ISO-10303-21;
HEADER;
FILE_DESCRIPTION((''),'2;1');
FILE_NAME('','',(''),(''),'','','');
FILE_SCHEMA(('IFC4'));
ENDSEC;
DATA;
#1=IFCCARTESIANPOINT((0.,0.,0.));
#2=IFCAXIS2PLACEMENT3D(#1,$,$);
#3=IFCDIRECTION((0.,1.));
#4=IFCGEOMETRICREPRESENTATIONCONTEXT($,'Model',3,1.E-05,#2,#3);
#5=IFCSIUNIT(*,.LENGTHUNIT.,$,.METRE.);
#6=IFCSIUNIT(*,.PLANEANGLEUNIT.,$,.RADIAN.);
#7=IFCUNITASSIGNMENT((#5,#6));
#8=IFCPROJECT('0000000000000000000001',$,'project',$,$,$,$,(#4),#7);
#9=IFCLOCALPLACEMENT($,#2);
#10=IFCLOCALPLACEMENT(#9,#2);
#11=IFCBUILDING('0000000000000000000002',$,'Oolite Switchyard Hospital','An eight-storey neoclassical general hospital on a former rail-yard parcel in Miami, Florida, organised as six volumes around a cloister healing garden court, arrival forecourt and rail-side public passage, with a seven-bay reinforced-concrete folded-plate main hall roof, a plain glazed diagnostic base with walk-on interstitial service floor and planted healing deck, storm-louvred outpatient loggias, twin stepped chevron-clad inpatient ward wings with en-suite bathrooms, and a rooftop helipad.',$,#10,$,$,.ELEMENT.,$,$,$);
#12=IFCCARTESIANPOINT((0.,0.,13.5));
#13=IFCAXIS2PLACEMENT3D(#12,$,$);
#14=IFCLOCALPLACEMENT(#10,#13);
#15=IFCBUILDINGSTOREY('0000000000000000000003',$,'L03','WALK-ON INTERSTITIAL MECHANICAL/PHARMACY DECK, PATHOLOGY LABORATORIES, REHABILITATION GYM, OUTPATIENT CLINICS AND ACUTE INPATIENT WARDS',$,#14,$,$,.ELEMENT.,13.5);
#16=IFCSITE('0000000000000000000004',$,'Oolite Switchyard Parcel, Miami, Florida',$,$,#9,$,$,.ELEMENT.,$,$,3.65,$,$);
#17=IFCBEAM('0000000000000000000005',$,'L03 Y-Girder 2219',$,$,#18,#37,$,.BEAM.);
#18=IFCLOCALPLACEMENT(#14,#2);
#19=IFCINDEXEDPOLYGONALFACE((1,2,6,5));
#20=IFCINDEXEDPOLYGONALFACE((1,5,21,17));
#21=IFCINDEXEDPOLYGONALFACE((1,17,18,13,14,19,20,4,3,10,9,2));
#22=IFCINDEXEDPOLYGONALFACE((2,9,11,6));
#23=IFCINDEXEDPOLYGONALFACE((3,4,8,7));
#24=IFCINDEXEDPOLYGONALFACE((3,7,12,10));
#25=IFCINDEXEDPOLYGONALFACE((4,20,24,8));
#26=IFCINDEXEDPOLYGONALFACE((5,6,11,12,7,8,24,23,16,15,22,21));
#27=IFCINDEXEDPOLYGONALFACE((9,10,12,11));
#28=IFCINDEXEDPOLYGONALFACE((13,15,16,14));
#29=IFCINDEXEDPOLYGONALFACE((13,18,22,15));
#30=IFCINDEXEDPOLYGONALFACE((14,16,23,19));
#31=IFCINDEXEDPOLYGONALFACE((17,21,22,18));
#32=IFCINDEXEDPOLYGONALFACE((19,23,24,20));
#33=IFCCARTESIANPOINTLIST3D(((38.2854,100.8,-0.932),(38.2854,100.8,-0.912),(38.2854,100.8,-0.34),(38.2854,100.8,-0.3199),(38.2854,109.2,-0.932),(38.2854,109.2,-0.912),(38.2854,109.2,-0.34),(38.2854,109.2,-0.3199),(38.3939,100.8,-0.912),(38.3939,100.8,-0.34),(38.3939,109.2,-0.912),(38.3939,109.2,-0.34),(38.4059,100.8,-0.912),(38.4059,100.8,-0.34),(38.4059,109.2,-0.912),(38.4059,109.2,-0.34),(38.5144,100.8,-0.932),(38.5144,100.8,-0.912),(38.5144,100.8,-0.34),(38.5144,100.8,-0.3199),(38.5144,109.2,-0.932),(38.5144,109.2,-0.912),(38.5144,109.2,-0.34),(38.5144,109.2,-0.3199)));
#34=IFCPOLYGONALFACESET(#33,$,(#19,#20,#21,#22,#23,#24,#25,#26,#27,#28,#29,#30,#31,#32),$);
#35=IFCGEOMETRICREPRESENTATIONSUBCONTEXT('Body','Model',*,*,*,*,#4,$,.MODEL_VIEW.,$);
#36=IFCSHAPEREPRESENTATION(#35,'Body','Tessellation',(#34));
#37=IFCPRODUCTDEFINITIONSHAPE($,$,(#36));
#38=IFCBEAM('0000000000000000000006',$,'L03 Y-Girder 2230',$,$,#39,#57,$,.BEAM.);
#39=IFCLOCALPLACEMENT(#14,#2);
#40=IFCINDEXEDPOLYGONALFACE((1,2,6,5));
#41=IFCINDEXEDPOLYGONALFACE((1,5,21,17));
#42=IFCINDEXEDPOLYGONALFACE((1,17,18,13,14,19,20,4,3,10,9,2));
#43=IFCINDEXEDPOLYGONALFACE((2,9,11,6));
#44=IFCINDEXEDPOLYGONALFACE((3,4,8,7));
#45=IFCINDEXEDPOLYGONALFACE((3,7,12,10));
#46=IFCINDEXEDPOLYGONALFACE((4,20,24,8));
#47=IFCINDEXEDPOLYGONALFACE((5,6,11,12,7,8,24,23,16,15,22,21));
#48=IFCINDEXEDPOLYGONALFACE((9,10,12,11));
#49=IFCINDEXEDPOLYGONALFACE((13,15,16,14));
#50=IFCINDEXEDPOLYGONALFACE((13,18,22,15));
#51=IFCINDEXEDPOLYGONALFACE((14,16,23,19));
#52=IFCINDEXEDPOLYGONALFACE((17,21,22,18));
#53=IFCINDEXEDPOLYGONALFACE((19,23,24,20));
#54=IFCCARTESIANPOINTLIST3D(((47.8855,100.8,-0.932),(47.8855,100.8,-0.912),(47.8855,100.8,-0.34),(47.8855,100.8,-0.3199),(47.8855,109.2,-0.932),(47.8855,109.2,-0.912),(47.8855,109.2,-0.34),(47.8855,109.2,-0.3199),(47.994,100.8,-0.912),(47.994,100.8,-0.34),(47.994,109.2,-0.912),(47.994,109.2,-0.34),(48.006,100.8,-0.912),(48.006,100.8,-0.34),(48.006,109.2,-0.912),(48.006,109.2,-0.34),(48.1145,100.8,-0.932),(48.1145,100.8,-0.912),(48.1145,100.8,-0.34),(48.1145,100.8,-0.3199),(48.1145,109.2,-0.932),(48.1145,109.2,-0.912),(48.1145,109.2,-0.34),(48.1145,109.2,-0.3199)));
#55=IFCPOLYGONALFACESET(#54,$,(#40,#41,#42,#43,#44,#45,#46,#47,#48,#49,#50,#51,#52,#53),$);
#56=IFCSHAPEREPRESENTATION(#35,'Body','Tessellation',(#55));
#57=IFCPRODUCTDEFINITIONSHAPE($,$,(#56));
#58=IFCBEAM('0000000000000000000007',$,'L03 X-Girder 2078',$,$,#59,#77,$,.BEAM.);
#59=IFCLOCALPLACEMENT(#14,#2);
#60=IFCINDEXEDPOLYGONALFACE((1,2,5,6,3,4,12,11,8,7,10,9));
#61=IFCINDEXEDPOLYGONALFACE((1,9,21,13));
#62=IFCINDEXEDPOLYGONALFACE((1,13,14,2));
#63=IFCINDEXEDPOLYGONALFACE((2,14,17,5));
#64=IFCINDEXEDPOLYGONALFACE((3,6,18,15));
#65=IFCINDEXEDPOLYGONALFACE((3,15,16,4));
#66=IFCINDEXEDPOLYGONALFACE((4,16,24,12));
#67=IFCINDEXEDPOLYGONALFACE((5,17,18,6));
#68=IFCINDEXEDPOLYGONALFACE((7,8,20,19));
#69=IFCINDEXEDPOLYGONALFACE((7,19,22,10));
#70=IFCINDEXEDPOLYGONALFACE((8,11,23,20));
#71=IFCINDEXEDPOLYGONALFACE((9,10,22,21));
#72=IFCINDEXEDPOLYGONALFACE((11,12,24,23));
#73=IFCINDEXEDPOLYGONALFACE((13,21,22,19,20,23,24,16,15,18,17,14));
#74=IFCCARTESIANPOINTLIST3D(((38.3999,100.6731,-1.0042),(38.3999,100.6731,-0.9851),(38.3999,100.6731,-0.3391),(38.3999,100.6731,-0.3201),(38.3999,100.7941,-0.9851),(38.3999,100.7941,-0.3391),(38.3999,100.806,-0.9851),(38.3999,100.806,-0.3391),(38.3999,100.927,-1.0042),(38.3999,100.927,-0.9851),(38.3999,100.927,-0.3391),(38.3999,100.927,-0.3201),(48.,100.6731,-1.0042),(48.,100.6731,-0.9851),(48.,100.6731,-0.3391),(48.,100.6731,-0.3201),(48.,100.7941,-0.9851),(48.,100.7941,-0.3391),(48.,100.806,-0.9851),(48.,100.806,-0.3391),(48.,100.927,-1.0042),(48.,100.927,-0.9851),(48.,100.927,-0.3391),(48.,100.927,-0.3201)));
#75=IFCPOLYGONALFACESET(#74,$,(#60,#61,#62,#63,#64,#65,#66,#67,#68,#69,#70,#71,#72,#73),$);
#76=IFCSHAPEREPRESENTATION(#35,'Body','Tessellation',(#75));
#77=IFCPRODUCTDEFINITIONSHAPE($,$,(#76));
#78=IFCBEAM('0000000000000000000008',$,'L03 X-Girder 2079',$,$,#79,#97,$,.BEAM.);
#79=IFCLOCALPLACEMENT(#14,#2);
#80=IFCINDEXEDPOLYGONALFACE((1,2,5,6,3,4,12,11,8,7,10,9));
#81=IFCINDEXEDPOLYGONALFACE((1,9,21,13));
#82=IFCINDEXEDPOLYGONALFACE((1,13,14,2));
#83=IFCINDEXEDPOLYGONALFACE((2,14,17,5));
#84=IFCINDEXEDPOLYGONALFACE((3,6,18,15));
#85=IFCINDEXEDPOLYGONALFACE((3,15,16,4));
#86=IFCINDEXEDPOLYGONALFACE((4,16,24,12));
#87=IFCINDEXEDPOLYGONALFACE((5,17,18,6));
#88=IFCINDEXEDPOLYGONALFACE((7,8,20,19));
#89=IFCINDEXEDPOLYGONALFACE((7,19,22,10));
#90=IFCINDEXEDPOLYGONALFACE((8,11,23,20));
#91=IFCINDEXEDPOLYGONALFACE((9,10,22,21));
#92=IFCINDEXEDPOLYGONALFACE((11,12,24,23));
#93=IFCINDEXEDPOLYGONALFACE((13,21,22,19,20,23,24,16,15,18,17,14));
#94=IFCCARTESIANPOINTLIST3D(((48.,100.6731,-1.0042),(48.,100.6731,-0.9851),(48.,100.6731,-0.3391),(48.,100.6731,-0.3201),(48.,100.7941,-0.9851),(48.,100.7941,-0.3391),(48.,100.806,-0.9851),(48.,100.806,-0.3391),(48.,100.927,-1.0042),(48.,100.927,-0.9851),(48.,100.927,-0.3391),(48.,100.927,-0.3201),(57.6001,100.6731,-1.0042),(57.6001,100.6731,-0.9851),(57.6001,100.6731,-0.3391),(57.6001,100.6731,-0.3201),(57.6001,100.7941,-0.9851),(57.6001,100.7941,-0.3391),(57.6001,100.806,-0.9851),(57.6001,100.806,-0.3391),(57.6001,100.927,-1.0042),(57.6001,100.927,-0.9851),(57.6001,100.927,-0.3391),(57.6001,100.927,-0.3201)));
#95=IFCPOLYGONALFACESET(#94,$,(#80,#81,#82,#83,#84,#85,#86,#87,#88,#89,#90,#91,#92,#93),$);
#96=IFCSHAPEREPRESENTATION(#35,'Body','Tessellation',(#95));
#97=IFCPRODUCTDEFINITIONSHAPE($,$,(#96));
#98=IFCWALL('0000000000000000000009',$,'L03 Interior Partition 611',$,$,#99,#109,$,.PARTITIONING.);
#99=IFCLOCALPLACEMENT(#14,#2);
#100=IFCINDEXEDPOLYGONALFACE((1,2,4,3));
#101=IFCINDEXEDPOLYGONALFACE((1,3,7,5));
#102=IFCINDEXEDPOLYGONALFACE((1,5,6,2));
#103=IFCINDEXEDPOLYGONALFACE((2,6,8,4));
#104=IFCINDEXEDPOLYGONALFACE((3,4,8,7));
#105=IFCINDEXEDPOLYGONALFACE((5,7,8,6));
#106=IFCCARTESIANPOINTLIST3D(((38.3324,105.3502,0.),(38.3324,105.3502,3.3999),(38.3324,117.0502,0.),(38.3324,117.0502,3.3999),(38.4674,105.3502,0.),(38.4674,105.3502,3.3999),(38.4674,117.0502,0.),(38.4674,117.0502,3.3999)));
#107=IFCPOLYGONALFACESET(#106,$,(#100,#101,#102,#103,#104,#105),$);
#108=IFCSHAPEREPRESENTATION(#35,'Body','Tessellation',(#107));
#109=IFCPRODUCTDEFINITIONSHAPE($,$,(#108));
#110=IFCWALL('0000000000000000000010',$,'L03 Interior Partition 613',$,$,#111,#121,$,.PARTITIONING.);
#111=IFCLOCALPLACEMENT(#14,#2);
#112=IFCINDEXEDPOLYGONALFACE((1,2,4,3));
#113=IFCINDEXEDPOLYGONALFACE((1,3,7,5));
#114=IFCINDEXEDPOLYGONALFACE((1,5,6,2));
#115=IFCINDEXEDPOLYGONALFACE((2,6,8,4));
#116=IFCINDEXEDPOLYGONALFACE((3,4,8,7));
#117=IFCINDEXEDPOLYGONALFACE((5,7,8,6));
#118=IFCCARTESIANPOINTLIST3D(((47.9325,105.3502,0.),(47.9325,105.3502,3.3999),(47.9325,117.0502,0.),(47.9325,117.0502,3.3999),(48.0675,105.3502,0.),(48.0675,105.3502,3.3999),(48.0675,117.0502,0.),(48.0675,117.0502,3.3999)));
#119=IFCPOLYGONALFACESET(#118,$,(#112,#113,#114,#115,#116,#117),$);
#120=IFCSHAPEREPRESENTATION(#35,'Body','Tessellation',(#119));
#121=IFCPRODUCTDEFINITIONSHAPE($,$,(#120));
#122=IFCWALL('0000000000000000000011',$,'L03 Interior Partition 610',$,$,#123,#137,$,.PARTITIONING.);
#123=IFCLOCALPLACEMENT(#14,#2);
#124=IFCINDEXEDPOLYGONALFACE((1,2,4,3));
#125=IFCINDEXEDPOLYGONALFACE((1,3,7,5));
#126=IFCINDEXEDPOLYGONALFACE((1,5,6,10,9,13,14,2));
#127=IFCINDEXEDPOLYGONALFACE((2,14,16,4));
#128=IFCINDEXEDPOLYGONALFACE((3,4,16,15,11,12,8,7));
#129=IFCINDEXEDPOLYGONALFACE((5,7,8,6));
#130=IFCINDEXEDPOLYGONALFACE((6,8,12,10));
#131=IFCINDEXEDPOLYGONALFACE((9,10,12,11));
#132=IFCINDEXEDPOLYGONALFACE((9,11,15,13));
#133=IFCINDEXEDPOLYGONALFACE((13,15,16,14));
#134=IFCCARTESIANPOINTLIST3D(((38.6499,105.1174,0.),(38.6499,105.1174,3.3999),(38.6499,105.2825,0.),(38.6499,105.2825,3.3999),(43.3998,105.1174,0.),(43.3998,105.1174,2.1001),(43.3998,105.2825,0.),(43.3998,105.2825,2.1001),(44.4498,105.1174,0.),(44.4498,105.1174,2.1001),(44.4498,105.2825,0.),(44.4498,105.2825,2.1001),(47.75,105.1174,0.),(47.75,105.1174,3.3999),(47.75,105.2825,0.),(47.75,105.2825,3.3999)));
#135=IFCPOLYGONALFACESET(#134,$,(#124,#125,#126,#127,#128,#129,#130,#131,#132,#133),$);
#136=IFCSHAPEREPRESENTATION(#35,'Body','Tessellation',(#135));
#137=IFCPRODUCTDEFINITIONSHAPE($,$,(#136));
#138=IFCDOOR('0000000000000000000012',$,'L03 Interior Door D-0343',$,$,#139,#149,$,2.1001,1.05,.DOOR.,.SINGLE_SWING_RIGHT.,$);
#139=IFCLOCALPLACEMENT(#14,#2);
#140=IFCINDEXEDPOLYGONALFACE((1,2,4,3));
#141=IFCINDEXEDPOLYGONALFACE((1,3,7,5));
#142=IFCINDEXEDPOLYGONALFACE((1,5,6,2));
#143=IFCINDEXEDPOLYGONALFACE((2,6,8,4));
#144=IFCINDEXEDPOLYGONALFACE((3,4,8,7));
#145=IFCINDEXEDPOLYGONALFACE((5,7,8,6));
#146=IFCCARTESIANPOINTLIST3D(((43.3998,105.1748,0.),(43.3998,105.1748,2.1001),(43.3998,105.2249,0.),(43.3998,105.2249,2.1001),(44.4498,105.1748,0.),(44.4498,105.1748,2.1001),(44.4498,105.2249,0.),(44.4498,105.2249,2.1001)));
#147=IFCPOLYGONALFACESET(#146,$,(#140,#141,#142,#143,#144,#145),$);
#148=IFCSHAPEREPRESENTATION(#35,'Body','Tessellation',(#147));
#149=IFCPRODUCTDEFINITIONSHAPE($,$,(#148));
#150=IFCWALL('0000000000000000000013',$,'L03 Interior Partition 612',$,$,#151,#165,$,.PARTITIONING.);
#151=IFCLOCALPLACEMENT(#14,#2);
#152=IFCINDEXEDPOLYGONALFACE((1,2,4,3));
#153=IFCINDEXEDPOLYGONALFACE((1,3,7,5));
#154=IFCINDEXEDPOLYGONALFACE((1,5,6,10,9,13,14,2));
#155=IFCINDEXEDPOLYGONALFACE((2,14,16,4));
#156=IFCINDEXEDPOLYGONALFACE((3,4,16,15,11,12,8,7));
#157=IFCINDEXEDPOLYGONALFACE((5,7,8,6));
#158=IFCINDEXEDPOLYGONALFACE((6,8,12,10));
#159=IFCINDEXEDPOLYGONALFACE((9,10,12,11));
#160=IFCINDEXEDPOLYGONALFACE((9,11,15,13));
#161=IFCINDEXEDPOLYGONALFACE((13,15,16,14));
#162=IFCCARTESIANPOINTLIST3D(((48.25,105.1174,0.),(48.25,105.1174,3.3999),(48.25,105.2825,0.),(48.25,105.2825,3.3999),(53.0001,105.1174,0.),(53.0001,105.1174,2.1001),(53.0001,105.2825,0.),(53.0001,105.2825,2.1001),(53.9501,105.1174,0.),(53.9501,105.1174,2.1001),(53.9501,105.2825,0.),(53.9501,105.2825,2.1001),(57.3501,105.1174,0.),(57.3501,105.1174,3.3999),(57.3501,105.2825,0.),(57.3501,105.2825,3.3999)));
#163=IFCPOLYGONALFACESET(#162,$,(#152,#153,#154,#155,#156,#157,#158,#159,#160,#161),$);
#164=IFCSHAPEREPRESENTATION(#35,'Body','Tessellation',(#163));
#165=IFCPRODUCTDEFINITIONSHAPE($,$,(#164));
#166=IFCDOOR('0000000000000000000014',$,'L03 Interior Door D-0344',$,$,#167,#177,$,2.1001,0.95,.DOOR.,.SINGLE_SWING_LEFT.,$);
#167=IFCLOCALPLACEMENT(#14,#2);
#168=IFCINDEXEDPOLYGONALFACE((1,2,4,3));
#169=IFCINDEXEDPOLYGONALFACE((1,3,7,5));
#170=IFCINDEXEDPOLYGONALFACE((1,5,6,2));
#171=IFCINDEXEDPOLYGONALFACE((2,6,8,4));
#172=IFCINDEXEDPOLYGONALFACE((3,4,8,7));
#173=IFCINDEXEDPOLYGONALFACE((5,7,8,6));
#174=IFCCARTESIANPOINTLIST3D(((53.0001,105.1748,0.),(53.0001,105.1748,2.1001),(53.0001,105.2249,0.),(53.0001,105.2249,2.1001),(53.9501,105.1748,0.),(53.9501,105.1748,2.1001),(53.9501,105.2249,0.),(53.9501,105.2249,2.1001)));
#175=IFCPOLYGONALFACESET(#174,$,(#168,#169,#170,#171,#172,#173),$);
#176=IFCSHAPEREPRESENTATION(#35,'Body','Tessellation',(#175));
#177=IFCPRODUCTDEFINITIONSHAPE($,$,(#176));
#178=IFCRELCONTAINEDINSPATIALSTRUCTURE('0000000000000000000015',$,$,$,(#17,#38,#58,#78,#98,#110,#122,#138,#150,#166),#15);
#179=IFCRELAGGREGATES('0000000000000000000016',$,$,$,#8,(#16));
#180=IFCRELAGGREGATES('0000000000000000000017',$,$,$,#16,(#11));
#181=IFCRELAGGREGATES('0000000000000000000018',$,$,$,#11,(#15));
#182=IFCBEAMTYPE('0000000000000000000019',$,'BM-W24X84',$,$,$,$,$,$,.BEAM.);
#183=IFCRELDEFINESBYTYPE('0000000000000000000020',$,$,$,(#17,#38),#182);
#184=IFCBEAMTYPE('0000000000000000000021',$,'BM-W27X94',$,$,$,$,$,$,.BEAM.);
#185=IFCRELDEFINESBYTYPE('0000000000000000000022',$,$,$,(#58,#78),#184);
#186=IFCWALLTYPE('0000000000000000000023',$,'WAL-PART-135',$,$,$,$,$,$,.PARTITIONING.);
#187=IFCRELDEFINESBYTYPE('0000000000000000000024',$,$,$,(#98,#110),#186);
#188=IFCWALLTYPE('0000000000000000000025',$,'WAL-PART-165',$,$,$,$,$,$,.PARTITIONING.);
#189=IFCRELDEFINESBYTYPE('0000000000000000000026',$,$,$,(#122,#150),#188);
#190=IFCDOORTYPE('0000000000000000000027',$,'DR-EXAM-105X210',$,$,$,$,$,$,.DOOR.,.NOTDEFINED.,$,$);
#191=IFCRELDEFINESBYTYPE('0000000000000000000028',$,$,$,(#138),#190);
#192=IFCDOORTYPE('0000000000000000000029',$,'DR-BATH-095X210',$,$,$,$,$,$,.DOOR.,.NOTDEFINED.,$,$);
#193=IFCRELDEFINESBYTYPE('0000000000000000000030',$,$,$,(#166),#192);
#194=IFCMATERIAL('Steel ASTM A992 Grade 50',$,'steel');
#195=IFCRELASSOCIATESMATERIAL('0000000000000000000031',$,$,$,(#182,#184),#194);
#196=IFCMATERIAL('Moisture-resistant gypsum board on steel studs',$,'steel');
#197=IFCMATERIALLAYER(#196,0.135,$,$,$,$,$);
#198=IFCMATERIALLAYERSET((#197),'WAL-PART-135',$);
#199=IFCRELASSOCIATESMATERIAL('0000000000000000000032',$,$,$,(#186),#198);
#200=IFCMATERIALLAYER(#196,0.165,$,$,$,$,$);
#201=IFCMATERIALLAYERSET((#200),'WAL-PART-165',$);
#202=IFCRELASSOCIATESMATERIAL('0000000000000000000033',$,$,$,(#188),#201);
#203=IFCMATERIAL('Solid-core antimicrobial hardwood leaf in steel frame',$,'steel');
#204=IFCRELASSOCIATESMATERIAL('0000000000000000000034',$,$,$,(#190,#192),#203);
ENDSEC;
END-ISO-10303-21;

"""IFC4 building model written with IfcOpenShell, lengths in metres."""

from ifc_helpers import new_model, si_unit, direction, frame, frame_2d, origin, origin_2d, place, context, subcontext, project, spatial, rectangle, i_section, extrude, material, layer, layer_set, material_profile, profile_set, type_object, element, fill, save


model = new_model("IFC4")

# Units and contexts
model_context = context("Model", 3, precision=1e-05, world=origin(), true_north=direction((0.0, 1.0)))
body_context = subcontext(model_context, "Body", "Model", "MODEL_VIEW")
ifc_project = project(units=[si_unit("LENGTHUNIT", "METRE"), si_unit("PLANEANGLEUNIT", "RADIAN")], contexts=[model_context])

# Site, building, storey
site_placement = place(None, origin())
site = spatial("IfcSite", under=ifc_project, at=site_placement, Name="Oolite Switchyard Parcel, Miami, Florida", CompositionType="ELEMENT", RefElevation=3.65)
building_placement = place(site_placement, origin())
building = spatial("IfcBuilding", under=site, at=building_placement, Name="Oolite Switchyard Hospital", Description="An eight-storey neoclassical general hospital on a former rail-yard parcel in Miami, Florida, organised as six volumes around a cloister healing garden court, arrival forecourt and rail-side public passage, with a seven-bay reinforced-concrete folded-plate main hall roof, a plain glazed diagnostic base with walk-on interstitial service floor and planted healing deck, storm-louvred outpatient loggias, twin stepped chevron-clad inpatient ward wings with en-suite bathrooms, and a rooftop helipad.", CompositionType="ELEMENT")
storey_placement = place(building_placement, frame((0.0, 0.0, 13.5)))
storey = spatial("IfcBuildingStorey", under=building, at=storey_placement, Name="L03", Description="WALK-ON INTERSTITIAL MECHANICAL/PHARMACY DECK, PATHOLOGY LABORATORIES, REHABILITATION GYM, OUTPATIENT CLINICS AND ACUTE INPATIENT WARDS", CompositionType="ELEMENT", Elevation=13.5)

# Beams
ifc_material_1 = material(Name="Steel ASTM A992 Grade 50", Category="steel")
ifc_material_profile_1 = material_profile(ifc_material_1, i_section(OverallWidth=0.229, OverallDepth=0.6121, WebThickness=0.012, FlangeThickness=0.02, at=origin_2d()), Name="W24X84")
ifc_profile_set_1 = profile_set([ifc_material_profile_1], Name="Steel ASTM A992 Grade 50")
beam_type_1 = type_object("IfcBeamType", Name="BM-W24X84", PredefinedType="BEAM", material=ifc_profile_set_1)
for number, where, z_axis, x_axis, name in (
    (1, (38.3999, 100.8, -0.626), (0.0, 1.0, 0.0), (-1.0, 0.0, 0.0), "L03 Y-Girder 2219"),
    (2, (48.0, 100.8, -0.626), (0.0, 1.0, 0.0), (-1.0, 0.0, 0.0), "L03 Y-Girder 2230"),
):
    element("IfcBeam", number, at=place(storey_placement, frame(where, z_axis=z_axis, x_axis=x_axis)), inside=storey, type_object=beam_type_1, Name=name, PredefinedType="BEAM", context=body_context, shape_type="SweptSolid", body=[
        extrude(i_section(OverallWidth=0.229, OverallDepth=0.6121, WebThickness=0.012, FlangeThickness=0.02, at=origin_2d()), origin(), (0.0, 0.0, 1.0), 8.3999),
    ])
ifc_material_profile_2 = material_profile(ifc_material_1, i_section(OverallWidth=0.2539, OverallDepth=0.6841, WebThickness=0.012, FlangeThickness=0.019, at=origin_2d()), Name="W27X94")
ifc_profile_set_2 = profile_set([ifc_material_profile_2], Name="Steel ASTM A992 Grade 50")
beam_type_2 = type_object("IfcBeamType", Name="BM-W27X94", PredefinedType="BEAM", material=ifc_profile_set_2)
for number, where, z_axis, x_axis, name in (
    (3, (38.3999, 100.8, -0.6621), (1.0, 0.0, 0.0), (0.0, 1.0, 0.0), "L03 X-Girder 2078"),
    (4, (48.0, 100.8, -0.6621), (1.0, 0.0, 0.0), (0.0, 1.0, 0.0), "L03 X-Girder 2079"),
):
    element("IfcBeam", number, at=place(storey_placement, frame(where, z_axis=z_axis, x_axis=x_axis)), inside=storey, type_object=beam_type_2, Name=name, PredefinedType="BEAM", context=body_context, shape_type="SweptSolid", body=[
        extrude(i_section(OverallWidth=0.2539, OverallDepth=0.6841, WebThickness=0.012, FlangeThickness=0.019, at=origin_2d()), origin(), (0.0, 0.0, 1.0), 9.6001),
    ])

# Walls
ifc_material_2 = material(Name="Moisture-resistant gypsum board on steel studs", Category="steel")
ifc_layer_1 = layer(ifc_material_2, 0.135)
ifc_layer_set_1 = layer_set([ifc_layer_1], Name="WAL-PART-135")
wall_type_1 = type_object("IfcWallType", Name="WAL-PART-135", PredefinedType="PARTITIONING", material=ifc_layer_set_1)
for number, where, z_axis, x_axis, name in (
    (5, (38.3999, 105.3501, 0.0), (0.0, 0.0, 1.0), (0.0, 1.0, 0.0), "L03 Interior Partition 611"),
    (6, (48.0, 105.3501, 0.0), (0.0, 0.0, 1.0), (0.0, 1.0, 0.0), "L03 Interior Partition 613"),
):
    element("IfcWall", number, at=place(storey_placement, frame(where, z_axis=z_axis, x_axis=x_axis)), inside=storey, type_object=wall_type_1, Name=name, PredefinedType="PARTITIONING", context=body_context, shape_type="SweptSolid", body=[
        extrude(rectangle(XDim=11.7, YDim=0.135, at=frame_2d((5.8501, 0.0))), origin(), (0.0, 0.0, 1.0), 3.3999),
    ])

# Walls, openings, doors
ifc_layer_2 = layer(ifc_material_2, 0.165)
ifc_layer_set_2 = layer_set([ifc_layer_2], Name="WAL-PART-165")
wall_type_2 = type_object("IfcWallType", Name="WAL-PART-165", PredefinedType="PARTITIONING", material=ifc_layer_set_2)
wall_1_placement = place(storey_placement, frame((38.6499, 105.2, 0.0), z_axis=(0.0, 0.0, 1.0), x_axis=(1.0, 0.0, 0.0)))
wall_1 = element("IfcWall", 7, at=wall_1_placement, inside=storey, type_object=wall_type_2, Name="L03 Interior Partition 610", PredefinedType="PARTITIONING", context=body_context, shape_type="SweptSolid", body=[
    extrude(rectangle(XDim=9.1001, YDim=0.165, at=frame_2d((4.55, 0.0))), origin(), (0.0, 0.0, 1.0), 3.3999),
])
opening_1_placement = place(wall_1_placement, frame((4.75, 0.0, 0.0)))
opening_1 = element("IfcOpeningElement", 8, at=opening_1_placement, cuts=wall_1, PredefinedType="OPENING", context=body_context, shape_type="SweptSolid", body=[
    extrude(rectangle(XDim=1.05, YDim=2.1001, at=frame_2d((0.5249, 1.05))), frame((0.0, 0.0925, 0.0), z_axis=(0.0, -1.0, 0.0), x_axis=(1.0, 0.0, 0.0)), (0.0, 0.0, 1.0), 0.1851),
])
ifc_material_3 = material(Name="Solid-core antimicrobial hardwood leaf in steel frame", Category="steel")
door_type_1 = type_object("IfcDoorType", Name="DR-EXAM-105X210", OperationType="NOTDEFINED", PredefinedType="DOOR", material=ifc_material_3)
door_1_placement = place(opening_1_placement, origin())
door_1 = element("IfcDoor", 9, at=door_1_placement, inside=storey, type_object=door_type_1, Name="L03 Interior Door D-0343", OperationType="SINGLE_SWING_RIGHT", OverallHeight=2.1001, OverallWidth=1.05, PredefinedType="DOOR", context=body_context, shape_type="SweptSolid", body=[
    extrude(rectangle(XDim=1.05, YDim=2.1001, at=frame_2d((0.5249, 1.05))), frame((0.0, 0.0249, 0.0), z_axis=(0.0, -1.0, 0.0), x_axis=(1.0, 0.0, 0.0)), (0.0, 0.0, 1.0), 0.05),
])
fill(opening_1, door_1)
wall_2_placement = place(storey_placement, frame((48.25, 105.2, 0.0), z_axis=(0.0, 0.0, 1.0), x_axis=(1.0, 0.0, 0.0)))
wall_2 = element("IfcWall", 10, at=wall_2_placement, inside=storey, type_object=wall_type_2, Name="L03 Interior Partition 612", PredefinedType="PARTITIONING", context=body_context, shape_type="SweptSolid", body=[
    extrude(rectangle(XDim=9.1001, YDim=0.165, at=frame_2d((4.55, 0.0))), origin(), (0.0, 0.0, 1.0), 3.3999),
])
opening_2_placement = place(wall_2_placement, frame((4.75, 0.0, 0.0)))
opening_2 = element("IfcOpeningElement", 11, at=opening_2_placement, cuts=wall_2, PredefinedType="OPENING", context=body_context, shape_type="SweptSolid", body=[
    extrude(rectangle(XDim=0.95, YDim=2.1001, at=frame_2d((0.4751, 1.05))), frame((0.0, 0.0925, 0.0), z_axis=(0.0, -1.0, 0.0), x_axis=(1.0, 0.0, 0.0)), (0.0, 0.0, 1.0), 0.1851),
])
door_type_2 = type_object("IfcDoorType", Name="DR-BATH-095X210", OperationType="NOTDEFINED", PredefinedType="DOOR", material=ifc_material_3)
door_2_placement = place(opening_2_placement, origin())
door_2 = element("IfcDoor", 12, at=door_2_placement, inside=storey, type_object=door_type_2, Name="L03 Interior Door D-0344", OperationType="SINGLE_SWING_LEFT", OverallHeight=2.1001, OverallWidth=0.95, PredefinedType="DOOR", context=body_context, shape_type="SweptSolid", body=[
    extrude(rectangle(XDim=0.95, YDim=2.1001, at=frame_2d((0.4751, 1.05))), frame((0.0, 0.0249, 0.0), z_axis=(0.0, -1.0, 0.0), x_axis=(1.0, 0.0, 0.0)), (0.0, 0.0, 1.0), 0.05),
])
fill(opening_2, door_2)

save(model, "model.ifc")
